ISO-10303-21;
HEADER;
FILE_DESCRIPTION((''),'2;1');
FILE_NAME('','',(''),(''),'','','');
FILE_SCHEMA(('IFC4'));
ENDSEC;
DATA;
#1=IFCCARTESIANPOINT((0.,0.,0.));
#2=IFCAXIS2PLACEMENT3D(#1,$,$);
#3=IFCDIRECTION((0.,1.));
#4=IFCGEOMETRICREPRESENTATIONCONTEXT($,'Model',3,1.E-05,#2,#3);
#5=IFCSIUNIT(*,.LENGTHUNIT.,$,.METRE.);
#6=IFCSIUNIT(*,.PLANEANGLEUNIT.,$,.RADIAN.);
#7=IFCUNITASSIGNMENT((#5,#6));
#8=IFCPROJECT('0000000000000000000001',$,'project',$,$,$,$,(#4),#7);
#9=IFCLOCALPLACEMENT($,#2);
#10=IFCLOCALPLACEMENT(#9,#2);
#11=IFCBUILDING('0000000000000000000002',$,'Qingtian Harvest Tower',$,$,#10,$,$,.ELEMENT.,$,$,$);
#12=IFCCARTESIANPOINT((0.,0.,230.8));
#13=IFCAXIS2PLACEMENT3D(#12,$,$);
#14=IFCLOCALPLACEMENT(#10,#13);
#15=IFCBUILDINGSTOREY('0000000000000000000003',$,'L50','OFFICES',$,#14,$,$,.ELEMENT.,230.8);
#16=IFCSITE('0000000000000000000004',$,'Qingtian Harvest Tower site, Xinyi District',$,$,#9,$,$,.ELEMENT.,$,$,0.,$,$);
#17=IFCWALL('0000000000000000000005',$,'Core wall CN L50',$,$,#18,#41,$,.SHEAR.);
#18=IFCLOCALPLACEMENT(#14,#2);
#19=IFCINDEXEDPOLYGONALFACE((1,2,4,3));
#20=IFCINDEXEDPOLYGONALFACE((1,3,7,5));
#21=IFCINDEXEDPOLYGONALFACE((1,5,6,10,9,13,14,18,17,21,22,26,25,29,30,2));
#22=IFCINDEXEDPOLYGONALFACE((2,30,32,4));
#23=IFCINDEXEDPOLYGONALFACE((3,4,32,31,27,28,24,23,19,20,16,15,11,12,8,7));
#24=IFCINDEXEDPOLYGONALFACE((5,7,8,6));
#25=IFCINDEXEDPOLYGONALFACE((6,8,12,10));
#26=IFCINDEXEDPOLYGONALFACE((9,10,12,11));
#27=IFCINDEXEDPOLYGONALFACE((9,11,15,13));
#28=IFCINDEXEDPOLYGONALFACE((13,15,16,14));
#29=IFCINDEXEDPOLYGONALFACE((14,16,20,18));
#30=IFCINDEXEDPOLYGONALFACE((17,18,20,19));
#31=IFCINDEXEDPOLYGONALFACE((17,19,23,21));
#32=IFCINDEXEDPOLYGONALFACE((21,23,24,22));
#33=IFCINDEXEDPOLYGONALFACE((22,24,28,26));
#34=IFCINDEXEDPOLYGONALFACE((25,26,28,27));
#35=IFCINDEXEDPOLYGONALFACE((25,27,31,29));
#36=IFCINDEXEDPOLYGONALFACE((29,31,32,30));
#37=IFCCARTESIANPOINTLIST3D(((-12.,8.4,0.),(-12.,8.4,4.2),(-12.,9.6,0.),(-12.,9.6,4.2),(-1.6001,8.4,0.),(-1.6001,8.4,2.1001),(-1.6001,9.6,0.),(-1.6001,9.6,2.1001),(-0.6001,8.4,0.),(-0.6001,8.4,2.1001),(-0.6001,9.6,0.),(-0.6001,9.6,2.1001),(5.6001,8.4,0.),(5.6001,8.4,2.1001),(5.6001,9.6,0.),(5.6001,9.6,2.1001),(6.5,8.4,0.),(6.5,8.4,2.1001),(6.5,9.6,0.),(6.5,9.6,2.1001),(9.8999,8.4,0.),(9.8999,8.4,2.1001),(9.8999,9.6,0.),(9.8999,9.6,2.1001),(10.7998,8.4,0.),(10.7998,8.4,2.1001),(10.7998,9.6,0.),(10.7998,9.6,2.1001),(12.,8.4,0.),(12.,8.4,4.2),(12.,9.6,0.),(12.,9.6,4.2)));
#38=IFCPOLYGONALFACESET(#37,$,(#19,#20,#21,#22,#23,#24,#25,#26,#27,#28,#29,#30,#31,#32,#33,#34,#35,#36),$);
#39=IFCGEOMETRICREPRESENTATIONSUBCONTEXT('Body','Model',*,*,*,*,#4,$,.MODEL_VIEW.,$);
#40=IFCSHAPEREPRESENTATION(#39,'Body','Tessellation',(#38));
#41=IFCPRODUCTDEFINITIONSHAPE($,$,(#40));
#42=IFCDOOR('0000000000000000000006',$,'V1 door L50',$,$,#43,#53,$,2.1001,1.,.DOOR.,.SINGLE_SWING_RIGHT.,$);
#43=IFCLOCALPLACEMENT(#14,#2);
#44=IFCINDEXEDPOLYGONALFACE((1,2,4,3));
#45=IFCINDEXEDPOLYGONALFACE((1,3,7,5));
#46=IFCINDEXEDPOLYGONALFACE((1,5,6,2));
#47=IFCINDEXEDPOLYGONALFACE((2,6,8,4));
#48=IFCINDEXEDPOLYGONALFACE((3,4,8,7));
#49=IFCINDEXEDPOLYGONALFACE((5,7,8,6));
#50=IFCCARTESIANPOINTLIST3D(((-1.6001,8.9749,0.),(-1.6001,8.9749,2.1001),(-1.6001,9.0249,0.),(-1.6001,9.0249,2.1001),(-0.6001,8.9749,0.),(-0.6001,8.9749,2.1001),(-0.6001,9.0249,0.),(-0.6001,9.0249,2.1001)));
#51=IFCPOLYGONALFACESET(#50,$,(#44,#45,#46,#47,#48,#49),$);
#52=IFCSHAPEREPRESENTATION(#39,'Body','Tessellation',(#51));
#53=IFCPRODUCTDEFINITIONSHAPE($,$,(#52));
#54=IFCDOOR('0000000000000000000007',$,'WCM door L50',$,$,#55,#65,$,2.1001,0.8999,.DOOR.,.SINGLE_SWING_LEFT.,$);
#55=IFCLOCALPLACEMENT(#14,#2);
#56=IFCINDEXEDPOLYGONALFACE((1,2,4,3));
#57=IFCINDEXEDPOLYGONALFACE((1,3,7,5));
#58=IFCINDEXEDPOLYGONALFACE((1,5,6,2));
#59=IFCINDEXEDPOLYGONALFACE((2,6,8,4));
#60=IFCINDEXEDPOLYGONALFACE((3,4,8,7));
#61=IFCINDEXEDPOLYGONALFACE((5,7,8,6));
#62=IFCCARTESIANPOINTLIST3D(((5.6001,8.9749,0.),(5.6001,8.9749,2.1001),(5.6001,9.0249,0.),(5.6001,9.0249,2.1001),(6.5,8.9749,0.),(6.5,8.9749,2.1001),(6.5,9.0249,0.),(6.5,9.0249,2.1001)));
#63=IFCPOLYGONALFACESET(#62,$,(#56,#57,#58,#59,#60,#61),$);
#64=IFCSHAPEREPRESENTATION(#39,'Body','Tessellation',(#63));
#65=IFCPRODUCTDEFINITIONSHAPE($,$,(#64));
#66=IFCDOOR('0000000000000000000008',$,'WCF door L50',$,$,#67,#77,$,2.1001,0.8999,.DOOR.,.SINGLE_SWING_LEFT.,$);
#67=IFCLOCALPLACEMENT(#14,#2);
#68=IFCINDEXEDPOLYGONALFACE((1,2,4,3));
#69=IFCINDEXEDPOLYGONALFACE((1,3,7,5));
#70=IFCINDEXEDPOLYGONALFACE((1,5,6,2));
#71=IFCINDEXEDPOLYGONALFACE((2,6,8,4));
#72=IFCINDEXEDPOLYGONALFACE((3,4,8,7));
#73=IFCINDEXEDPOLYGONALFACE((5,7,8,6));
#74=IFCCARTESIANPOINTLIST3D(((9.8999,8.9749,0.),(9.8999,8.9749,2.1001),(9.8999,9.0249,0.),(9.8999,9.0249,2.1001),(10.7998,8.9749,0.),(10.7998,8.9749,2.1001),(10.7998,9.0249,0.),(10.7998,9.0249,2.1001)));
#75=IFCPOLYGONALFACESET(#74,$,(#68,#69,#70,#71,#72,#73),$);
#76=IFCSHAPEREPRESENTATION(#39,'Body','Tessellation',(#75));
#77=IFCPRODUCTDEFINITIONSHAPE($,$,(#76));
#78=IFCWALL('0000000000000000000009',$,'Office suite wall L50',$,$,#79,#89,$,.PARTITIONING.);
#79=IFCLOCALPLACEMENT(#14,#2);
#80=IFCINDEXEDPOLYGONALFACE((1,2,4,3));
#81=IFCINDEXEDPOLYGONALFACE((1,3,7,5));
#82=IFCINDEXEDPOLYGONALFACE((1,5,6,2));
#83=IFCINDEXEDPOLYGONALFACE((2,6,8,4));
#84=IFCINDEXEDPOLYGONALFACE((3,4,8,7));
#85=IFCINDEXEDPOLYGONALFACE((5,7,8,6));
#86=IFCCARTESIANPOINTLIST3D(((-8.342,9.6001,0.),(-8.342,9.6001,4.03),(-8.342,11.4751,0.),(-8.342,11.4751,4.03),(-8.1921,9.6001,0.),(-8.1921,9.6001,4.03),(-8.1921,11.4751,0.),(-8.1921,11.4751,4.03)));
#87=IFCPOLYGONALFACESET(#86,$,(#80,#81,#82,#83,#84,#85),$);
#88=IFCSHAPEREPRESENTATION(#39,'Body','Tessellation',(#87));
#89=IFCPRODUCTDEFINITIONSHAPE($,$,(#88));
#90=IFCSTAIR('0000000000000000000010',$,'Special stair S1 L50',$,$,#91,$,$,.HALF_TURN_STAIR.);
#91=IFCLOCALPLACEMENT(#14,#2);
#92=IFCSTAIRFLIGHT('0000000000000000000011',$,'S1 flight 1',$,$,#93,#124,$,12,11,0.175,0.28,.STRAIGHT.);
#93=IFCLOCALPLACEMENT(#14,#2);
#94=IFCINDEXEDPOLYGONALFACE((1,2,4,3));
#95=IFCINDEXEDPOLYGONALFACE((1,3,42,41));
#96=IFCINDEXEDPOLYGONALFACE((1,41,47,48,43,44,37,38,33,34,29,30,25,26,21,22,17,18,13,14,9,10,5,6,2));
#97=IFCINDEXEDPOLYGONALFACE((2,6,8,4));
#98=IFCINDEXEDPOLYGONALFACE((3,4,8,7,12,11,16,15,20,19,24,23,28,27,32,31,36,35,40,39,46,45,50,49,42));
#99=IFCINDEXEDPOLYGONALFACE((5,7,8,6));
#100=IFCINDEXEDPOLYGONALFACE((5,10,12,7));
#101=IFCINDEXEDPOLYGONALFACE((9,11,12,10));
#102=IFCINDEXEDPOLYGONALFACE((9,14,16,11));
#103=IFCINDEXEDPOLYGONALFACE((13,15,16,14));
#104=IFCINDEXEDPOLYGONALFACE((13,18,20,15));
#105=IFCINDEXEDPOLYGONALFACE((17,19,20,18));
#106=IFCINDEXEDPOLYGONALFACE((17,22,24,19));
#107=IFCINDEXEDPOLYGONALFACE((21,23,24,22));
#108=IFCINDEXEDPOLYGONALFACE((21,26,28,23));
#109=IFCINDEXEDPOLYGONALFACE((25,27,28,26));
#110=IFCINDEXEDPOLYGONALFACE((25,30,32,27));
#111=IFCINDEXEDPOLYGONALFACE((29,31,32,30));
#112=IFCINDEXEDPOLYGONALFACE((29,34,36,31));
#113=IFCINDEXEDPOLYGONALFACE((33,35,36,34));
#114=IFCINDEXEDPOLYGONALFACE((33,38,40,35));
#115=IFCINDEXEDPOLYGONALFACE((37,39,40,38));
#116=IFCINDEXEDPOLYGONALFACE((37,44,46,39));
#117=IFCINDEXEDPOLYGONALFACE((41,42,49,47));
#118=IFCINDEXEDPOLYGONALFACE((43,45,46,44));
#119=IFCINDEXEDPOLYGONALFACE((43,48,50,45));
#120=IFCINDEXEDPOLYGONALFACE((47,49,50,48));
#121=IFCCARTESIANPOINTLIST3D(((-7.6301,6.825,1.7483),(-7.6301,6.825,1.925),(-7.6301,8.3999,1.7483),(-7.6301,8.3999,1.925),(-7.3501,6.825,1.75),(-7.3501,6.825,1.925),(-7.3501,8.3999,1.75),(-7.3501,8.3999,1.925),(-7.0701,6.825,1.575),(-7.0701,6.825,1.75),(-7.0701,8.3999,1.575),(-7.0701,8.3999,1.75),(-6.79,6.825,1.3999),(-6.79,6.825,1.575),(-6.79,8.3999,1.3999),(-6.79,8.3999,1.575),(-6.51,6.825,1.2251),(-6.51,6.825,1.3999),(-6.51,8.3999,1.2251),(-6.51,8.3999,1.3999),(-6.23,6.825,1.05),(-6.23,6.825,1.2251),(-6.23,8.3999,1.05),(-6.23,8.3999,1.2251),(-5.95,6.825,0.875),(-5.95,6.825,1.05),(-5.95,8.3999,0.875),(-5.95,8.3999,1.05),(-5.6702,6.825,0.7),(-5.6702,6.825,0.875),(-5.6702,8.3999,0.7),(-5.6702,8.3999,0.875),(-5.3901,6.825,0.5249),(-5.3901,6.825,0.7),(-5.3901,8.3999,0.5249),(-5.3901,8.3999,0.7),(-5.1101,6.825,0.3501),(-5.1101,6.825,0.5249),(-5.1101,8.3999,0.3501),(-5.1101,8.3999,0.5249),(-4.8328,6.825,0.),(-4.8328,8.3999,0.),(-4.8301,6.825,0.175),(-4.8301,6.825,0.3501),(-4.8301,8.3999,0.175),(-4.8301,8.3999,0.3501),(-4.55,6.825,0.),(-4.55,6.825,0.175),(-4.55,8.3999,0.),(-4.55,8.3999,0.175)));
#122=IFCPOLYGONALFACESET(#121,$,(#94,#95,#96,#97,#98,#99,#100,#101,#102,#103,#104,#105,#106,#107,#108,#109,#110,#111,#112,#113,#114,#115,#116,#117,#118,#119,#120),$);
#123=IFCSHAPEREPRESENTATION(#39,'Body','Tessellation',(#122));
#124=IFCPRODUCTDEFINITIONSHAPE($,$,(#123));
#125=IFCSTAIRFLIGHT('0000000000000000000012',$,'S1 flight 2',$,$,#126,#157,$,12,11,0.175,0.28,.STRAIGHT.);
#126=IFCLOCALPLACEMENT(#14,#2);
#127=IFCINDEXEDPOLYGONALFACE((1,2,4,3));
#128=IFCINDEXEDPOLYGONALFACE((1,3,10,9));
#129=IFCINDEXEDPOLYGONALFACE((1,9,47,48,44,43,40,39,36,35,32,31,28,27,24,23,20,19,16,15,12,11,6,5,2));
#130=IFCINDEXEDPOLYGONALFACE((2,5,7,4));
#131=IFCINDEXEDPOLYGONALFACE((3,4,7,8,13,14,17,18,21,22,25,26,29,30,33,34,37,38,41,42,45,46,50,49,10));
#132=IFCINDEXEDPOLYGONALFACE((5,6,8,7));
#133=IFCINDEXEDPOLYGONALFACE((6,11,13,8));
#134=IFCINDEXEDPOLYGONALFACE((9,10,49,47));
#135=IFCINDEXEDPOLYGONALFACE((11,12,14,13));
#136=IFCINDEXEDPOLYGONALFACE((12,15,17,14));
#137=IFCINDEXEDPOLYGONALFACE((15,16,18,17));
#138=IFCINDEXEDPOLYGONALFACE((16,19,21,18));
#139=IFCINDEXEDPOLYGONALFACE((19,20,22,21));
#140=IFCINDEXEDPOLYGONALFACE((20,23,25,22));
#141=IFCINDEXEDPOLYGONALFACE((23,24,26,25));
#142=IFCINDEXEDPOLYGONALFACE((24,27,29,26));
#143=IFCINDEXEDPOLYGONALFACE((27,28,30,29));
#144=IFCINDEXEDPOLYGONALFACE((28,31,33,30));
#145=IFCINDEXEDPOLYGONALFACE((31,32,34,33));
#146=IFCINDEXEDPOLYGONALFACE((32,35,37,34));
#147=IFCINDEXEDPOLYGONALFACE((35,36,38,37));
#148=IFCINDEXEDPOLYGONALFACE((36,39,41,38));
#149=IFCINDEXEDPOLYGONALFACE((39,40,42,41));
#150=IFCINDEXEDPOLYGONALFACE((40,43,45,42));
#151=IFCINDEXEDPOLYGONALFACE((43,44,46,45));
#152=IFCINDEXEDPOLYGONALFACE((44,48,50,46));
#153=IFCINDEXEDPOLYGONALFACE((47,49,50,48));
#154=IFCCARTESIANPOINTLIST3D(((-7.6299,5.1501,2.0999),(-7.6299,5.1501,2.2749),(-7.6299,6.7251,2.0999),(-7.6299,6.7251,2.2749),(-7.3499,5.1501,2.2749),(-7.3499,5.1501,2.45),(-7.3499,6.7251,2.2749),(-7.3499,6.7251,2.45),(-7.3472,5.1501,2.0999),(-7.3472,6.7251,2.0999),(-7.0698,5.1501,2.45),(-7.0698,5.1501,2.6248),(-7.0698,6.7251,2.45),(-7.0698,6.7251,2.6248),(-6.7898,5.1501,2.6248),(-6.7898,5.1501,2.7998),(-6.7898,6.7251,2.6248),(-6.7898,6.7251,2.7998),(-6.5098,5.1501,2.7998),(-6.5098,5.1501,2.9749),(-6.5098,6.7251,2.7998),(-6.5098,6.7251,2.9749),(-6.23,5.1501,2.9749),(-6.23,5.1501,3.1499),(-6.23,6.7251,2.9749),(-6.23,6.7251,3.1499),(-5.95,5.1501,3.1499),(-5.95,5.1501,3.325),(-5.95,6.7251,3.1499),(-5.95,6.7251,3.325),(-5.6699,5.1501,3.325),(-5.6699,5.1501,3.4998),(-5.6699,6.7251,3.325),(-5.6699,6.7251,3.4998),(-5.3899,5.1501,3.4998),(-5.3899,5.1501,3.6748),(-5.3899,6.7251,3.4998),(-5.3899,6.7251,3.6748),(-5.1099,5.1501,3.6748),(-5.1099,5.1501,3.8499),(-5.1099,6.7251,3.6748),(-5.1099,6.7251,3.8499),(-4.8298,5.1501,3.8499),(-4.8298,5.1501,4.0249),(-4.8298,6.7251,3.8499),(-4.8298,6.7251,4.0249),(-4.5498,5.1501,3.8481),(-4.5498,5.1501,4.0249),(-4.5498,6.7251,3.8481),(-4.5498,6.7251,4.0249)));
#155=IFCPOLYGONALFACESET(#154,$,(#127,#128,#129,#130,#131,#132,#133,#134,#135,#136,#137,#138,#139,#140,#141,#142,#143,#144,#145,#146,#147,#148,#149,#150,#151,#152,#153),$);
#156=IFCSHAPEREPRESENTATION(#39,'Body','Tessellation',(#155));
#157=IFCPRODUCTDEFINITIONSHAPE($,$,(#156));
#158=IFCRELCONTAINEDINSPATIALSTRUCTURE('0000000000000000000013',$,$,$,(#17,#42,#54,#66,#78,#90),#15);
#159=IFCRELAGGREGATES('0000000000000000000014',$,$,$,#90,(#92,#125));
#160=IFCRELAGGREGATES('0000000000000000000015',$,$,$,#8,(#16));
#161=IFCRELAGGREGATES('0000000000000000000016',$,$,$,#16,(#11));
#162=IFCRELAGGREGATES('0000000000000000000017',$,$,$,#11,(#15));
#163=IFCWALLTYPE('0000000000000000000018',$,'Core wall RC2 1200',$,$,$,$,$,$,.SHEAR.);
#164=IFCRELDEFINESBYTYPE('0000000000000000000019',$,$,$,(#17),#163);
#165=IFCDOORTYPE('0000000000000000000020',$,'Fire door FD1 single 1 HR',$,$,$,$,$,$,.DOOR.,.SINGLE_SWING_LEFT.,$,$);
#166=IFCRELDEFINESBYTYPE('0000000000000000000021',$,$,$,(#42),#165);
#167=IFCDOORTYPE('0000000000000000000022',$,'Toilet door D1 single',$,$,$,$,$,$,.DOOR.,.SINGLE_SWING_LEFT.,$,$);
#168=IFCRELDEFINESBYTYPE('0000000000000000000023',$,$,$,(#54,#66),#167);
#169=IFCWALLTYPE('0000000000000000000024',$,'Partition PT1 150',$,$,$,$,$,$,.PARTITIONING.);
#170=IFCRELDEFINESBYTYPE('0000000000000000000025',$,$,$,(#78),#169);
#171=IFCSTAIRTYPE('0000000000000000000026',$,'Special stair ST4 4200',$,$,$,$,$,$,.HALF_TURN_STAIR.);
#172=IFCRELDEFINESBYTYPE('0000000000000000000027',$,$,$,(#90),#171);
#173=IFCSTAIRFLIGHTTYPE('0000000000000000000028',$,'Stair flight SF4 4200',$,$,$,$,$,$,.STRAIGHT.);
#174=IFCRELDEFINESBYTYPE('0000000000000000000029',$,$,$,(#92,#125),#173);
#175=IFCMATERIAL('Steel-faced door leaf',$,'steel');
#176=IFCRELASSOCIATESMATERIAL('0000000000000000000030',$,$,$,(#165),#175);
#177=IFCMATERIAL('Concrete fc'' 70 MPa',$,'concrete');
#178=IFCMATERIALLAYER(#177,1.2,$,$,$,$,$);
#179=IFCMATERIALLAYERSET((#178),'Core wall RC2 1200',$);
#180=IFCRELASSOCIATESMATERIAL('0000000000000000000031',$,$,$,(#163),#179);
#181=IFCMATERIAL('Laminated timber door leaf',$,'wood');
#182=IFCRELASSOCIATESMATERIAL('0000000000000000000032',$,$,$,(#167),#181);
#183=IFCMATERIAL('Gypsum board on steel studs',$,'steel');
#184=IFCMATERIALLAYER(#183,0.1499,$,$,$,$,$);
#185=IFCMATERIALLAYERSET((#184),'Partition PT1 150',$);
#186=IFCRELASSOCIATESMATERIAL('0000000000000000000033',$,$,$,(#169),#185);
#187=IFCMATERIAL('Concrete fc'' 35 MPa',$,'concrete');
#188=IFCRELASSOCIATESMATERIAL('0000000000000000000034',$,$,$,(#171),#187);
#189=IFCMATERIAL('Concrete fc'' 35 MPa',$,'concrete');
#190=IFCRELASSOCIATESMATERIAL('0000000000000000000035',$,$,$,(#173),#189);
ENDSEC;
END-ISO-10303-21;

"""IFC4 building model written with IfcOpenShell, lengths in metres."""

from ifc_helpers import new_model, si_unit, direction, frame, frame_2d, origin, place, context, subcontext, project, spatial, polyline, rectangle, outline, extrude, material, layer, layer_set, type_object, element, fill, aggregate, save


model = new_model("IFC4")

# Units and contexts
model_context = context("Model", 3, precision=1e-05, world=origin(), true_north=direction((0.0, 1.0)))
body_context = subcontext(model_context, "Body", "Model", "MODEL_VIEW")
ifc_project = project(units=[si_unit("LENGTHUNIT", "METRE"), si_unit("PLANEANGLEUNIT", "RADIAN")], contexts=[model_context])

# Site, building, storey
site_placement = place(None, origin())
site = spatial("IfcSite", under=ifc_project, at=site_placement, Name="Qingtian Harvest Tower site, Xinyi District", CompositionType="ELEMENT", RefElevation=0.0)
building_placement = place(site_placement, origin())
building = spatial("IfcBuilding", under=site, at=building_placement, Name="Qingtian Harvest Tower", CompositionType="ELEMENT")
storey_placement = place(building_placement, frame((0.0, 0.0, 230.8)))
storey = spatial("IfcBuildingStorey", under=building, at=storey_placement, Name="L50", Description="OFFICES", CompositionType="ELEMENT", Elevation=230.8)

# Shared definitions
ifc_material_1 = material(Name="Steel-faced door leaf", Category="steel")
door_type_1 = type_object("IfcDoorType", Name="Fire door FD1 single 1 HR", OperationType="SINGLE_SWING_LEFT", PredefinedType="DOOR", material=ifc_material_1)

# Wall, openings, doors
ifc_material_2 = material(Name="Concrete fc' 70 MPa", Category="concrete")
ifc_layer_1 = layer(ifc_material_2, 1.2)
ifc_layer_set_1 = layer_set([ifc_layer_1], Name="Core wall RC2 1200")
wall_type_1 = type_object("IfcWallType", Name="Core wall RC2 1200", PredefinedType="SHEAR", material=ifc_layer_set_1)
wall_1_placement = place(storey_placement, frame((-12.0, 9.0, 0.0), z_axis=(0.0, 0.0, 1.0), x_axis=(1.0, 0.0, 0.0)))
wall_1 = element("IfcWall", 1, at=wall_1_placement, inside=storey, type_object=wall_type_1, Name="Core wall CN L50", PredefinedType="SHEAR", context=body_context, shape_type="SweptSolid", body=[
    extrude(rectangle(XDim=24.0, YDim=1.2, at=frame_2d((12.0, 0.0))), origin(), (0.0, 0.0, 1.0), 4.2),
])
opening_1_placement = place(wall_1_placement, frame((10.3999, 0.0, 0.0)))
opening_1 = element("IfcOpeningElement", 2, at=opening_1_placement, cuts=wall_1, PredefinedType="OPENING", context=body_context, shape_type="SweptSolid", body=[
    extrude(rectangle(XDim=1.0, YDim=2.1001, at=frame_2d((0.5, 1.05))), frame((0.0, 0.6099, 0.0), z_axis=(0.0, -1.0, 0.0), x_axis=(1.0, 0.0, 0.0)), (0.0, 0.0, 1.0), 1.22),
])
opening_2_placement = place(wall_1_placement, frame((17.6001, 0.0, 0.0)))
opening_2 = element("IfcOpeningElement", 3, at=opening_2_placement, cuts=wall_1, PredefinedType="OPENING", context=body_context, shape_type="SweptSolid", body=[
    extrude(rectangle(XDim=0.8999, YDim=2.1001, at=frame_2d((0.45, 1.05))), frame((0.0, 0.6099, 0.0), z_axis=(0.0, -1.0, 0.0), x_axis=(1.0, 0.0, 0.0)), (0.0, 0.0, 1.0), 1.22),
])
opening_3_placement = place(wall_1_placement, frame((21.8999, 0.0, 0.0)))
opening_3 = element("IfcOpeningElement", 4, at=opening_3_placement, cuts=wall_1, PredefinedType="OPENING", context=body_context, shape_type="SweptSolid", body=[
    extrude(rectangle(XDim=0.8999, YDim=2.1001, at=frame_2d((0.45, 1.05))), frame((0.0, 0.6099, 0.0), z_axis=(0.0, -1.0, 0.0), x_axis=(1.0, 0.0, 0.0)), (0.0, 0.0, 1.0), 1.22),
])
door_1_placement = place(opening_1_placement, origin())
door_1 = element("IfcDoor", 5, at=door_1_placement, inside=storey, type_object=door_type_1, Name="V1 door L50", OperationType="SINGLE_SWING_RIGHT", OverallHeight=2.1001, OverallWidth=1.0, PredefinedType="DOOR", context=body_context, shape_type="SweptSolid", body=[
    extrude(rectangle(XDim=1.0, YDim=2.1001, at=frame_2d((0.5, 1.05))), frame((0.0, 0.0249, 0.0), z_axis=(0.0, -1.0, 0.0), x_axis=(1.0, 0.0, 0.0)), (0.0, 0.0, 1.0), 0.05),
])
fill(opening_1, door_1)
ifc_material_3 = material(Name="Laminated timber door leaf", Category="wood")
door_type_2 = type_object("IfcDoorType", Name="Toilet door D1 single", OperationType="SINGLE_SWING_LEFT", PredefinedType="DOOR", material=ifc_material_3)
door_2_placement = place(opening_2_placement, origin())
door_2 = element("IfcDoor", 6, at=door_2_placement, inside=storey, type_object=door_type_2, Name="WCM door L50", OperationType="SINGLE_SWING_LEFT", OverallHeight=2.1001, OverallWidth=0.8999, PredefinedType="DOOR", context=body_context, shape_type="SweptSolid", body=[
    extrude(rectangle(XDim=0.8999, YDim=2.1001, at=frame_2d((0.45, 1.05))), frame((0.0, 0.0249, 0.0), z_axis=(0.0, -1.0, 0.0), x_axis=(1.0, 0.0, 0.0)), (0.0, 0.0, 1.0), 0.05),
])
fill(opening_2, door_2)
door_3_placement = place(opening_3_placement, origin())
door_3 = element("IfcDoor", 7, at=door_3_placement, inside=storey, type_object=door_type_2, Name="WCF door L50", OperationType="SINGLE_SWING_LEFT", OverallHeight=2.1001, OverallWidth=0.8999, PredefinedType="DOOR", context=body_context, shape_type="SweptSolid", body=[
    extrude(rectangle(XDim=0.8999, YDim=2.1001, at=frame_2d((0.45, 1.05))), frame((0.0, 0.0249, 0.0), z_axis=(0.0, -1.0, 0.0), x_axis=(1.0, 0.0, 0.0)), (0.0, 0.0, 1.0), 0.05),
])
fill(opening_3, door_3)

# Wall
ifc_material_4 = material(Name="Gypsum board on steel studs", Category="steel")
ifc_layer_2 = layer(ifc_material_4, 0.1499)
ifc_layer_set_2 = layer_set([ifc_layer_2], Name="Partition PT1 150")
wall_type_2 = type_object("IfcWallType", Name="Partition PT1 150", PredefinedType="PARTITIONING", material=ifc_layer_set_2)
wall_2_placement = place(storey_placement, frame((-8.2671, 9.6001, 0.0), z_axis=(0.0, 0.0, 1.0), x_axis=(0.0, 1.0, 0.0)))
element("IfcWall", 8, at=wall_2_placement, inside=storey, type_object=wall_type_2, Name="Office suite wall L50", PredefinedType="PARTITIONING", context=body_context, shape_type="SweptSolid", body=[
    extrude(rectangle(XDim=1.875, YDim=0.1499, at=frame_2d((0.9375, 0.0))), origin(), (0.0, 0.0, 1.0), 4.03),
])

# Stair, stair flights
ifc_material_5 = material(Name="Concrete fc' 35 MPa", Category="concrete")
stair_type = type_object("IfcStairType", Name="Special stair ST4 4200", PredefinedType="HALF_TURN_STAIR", material=ifc_material_5)
stair_placement = place(storey_placement, origin())
stair = element("IfcStair", 9, at=stair_placement, inside=storey, type_object=stair_type, Name="Special stair S1 L50", PredefinedType="HALF_TURN_STAIR")
ifc_material_6 = material(Name="Concrete fc' 35 MPa", Category="concrete")
stair_flight_type = type_object("IfcStairFlightType", Name="Stair flight SF4 4200", PredefinedType="STRAIGHT", material=ifc_material_6)
stair_flight_1_placement = place(storey_placement, frame((-4.55, 7.6125, 0.0), z_axis=(0.0, 0.0, 1.0), x_axis=(-1.0, 0.0, 0.0)))
stair_flight_1 = element("IfcStairFlight", 10, at=stair_flight_1_placement, type_object=stair_flight_type, Name="S1 flight 1", NumberOfRisers=12, NumberOfTreads=11, PredefinedType="STRAIGHT", RiserHeight=0.175, TreadLength=0.28, context=body_context, shape_type="SweptSolid", body=[
    extrude(outline(polyline([(0.0, 0.0), (0.0, 0.175), (0.28, 0.175), (0.28, 0.3501), (0.5601, 0.3501), (0.5601, 0.5249), (0.8401, 0.5249), (0.8401, 0.7), (1.1201, 0.7), (1.1201, 0.875), (1.3999, 0.875), (1.3999, 1.05), (1.6799, 1.05), (1.6799, 1.2251), (1.96, 1.2251), (1.96, 1.3999), (2.24, 1.3999), (2.24, 1.575), (2.52, 1.575), (2.52, 1.75), (2.8, 1.75), (2.8, 1.925), (3.0801, 1.925), (3.0801, 2.1001), (3.0801, 1.7483), (0.2827, 0.0), (0.0, 0.0)])), frame((0.0, 0.7876, 0.0), z_axis=(0.0, -1.0, 0.0), x_axis=(1.0, 0.0, 0.0)), (0.0, 0.0, 1.0), 1.575),
])
stair_flight_2_placement = place(storey_placement, frame((-7.6299, 5.9375, 2.0999), z_axis=(0.0, 0.0, 1.0), x_axis=(1.0, 0.0, 0.0)))
stair_flight_2 = element("IfcStairFlight", 11, at=stair_flight_2_placement, type_object=stair_flight_type, Name="S1 flight 2", NumberOfRisers=12, NumberOfTreads=11, PredefinedType="STRAIGHT", RiserHeight=0.175, TreadLength=0.28, context=body_context, shape_type="SweptSolid", body=[
    extrude(outline(polyline([(0.0, 0.0), (0.0, 0.175), (0.28, 0.175), (0.28, 0.3501), (0.5601, 0.3501), (0.5601, 0.5249), (0.8401, 0.5249), (0.8401, 0.7), (1.1201, 0.7), (1.1201, 0.875), (1.3999, 0.875), (1.3999, 1.05), (1.6799, 1.05), (1.6799, 1.2251), (1.96, 1.2251), (1.96, 1.3999), (2.24, 1.3999), (2.24, 1.575), (2.52, 1.575), (2.52, 1.75), (2.8, 1.75), (2.8, 1.925), (3.0801, 1.925), (3.0801, 2.1001), (3.0801, 1.7483), (0.2827, 0.0), (0.0, 0.0)])), frame((0.0, 0.7876, 0.0), z_axis=(0.0, -1.0, 0.0), x_axis=(1.0, 0.0, 0.0)), (0.0, 0.0, 1.0), 1.575),
])
aggregate(stair, [stair_flight_1, stair_flight_2])

save(model, "model.ifc")
